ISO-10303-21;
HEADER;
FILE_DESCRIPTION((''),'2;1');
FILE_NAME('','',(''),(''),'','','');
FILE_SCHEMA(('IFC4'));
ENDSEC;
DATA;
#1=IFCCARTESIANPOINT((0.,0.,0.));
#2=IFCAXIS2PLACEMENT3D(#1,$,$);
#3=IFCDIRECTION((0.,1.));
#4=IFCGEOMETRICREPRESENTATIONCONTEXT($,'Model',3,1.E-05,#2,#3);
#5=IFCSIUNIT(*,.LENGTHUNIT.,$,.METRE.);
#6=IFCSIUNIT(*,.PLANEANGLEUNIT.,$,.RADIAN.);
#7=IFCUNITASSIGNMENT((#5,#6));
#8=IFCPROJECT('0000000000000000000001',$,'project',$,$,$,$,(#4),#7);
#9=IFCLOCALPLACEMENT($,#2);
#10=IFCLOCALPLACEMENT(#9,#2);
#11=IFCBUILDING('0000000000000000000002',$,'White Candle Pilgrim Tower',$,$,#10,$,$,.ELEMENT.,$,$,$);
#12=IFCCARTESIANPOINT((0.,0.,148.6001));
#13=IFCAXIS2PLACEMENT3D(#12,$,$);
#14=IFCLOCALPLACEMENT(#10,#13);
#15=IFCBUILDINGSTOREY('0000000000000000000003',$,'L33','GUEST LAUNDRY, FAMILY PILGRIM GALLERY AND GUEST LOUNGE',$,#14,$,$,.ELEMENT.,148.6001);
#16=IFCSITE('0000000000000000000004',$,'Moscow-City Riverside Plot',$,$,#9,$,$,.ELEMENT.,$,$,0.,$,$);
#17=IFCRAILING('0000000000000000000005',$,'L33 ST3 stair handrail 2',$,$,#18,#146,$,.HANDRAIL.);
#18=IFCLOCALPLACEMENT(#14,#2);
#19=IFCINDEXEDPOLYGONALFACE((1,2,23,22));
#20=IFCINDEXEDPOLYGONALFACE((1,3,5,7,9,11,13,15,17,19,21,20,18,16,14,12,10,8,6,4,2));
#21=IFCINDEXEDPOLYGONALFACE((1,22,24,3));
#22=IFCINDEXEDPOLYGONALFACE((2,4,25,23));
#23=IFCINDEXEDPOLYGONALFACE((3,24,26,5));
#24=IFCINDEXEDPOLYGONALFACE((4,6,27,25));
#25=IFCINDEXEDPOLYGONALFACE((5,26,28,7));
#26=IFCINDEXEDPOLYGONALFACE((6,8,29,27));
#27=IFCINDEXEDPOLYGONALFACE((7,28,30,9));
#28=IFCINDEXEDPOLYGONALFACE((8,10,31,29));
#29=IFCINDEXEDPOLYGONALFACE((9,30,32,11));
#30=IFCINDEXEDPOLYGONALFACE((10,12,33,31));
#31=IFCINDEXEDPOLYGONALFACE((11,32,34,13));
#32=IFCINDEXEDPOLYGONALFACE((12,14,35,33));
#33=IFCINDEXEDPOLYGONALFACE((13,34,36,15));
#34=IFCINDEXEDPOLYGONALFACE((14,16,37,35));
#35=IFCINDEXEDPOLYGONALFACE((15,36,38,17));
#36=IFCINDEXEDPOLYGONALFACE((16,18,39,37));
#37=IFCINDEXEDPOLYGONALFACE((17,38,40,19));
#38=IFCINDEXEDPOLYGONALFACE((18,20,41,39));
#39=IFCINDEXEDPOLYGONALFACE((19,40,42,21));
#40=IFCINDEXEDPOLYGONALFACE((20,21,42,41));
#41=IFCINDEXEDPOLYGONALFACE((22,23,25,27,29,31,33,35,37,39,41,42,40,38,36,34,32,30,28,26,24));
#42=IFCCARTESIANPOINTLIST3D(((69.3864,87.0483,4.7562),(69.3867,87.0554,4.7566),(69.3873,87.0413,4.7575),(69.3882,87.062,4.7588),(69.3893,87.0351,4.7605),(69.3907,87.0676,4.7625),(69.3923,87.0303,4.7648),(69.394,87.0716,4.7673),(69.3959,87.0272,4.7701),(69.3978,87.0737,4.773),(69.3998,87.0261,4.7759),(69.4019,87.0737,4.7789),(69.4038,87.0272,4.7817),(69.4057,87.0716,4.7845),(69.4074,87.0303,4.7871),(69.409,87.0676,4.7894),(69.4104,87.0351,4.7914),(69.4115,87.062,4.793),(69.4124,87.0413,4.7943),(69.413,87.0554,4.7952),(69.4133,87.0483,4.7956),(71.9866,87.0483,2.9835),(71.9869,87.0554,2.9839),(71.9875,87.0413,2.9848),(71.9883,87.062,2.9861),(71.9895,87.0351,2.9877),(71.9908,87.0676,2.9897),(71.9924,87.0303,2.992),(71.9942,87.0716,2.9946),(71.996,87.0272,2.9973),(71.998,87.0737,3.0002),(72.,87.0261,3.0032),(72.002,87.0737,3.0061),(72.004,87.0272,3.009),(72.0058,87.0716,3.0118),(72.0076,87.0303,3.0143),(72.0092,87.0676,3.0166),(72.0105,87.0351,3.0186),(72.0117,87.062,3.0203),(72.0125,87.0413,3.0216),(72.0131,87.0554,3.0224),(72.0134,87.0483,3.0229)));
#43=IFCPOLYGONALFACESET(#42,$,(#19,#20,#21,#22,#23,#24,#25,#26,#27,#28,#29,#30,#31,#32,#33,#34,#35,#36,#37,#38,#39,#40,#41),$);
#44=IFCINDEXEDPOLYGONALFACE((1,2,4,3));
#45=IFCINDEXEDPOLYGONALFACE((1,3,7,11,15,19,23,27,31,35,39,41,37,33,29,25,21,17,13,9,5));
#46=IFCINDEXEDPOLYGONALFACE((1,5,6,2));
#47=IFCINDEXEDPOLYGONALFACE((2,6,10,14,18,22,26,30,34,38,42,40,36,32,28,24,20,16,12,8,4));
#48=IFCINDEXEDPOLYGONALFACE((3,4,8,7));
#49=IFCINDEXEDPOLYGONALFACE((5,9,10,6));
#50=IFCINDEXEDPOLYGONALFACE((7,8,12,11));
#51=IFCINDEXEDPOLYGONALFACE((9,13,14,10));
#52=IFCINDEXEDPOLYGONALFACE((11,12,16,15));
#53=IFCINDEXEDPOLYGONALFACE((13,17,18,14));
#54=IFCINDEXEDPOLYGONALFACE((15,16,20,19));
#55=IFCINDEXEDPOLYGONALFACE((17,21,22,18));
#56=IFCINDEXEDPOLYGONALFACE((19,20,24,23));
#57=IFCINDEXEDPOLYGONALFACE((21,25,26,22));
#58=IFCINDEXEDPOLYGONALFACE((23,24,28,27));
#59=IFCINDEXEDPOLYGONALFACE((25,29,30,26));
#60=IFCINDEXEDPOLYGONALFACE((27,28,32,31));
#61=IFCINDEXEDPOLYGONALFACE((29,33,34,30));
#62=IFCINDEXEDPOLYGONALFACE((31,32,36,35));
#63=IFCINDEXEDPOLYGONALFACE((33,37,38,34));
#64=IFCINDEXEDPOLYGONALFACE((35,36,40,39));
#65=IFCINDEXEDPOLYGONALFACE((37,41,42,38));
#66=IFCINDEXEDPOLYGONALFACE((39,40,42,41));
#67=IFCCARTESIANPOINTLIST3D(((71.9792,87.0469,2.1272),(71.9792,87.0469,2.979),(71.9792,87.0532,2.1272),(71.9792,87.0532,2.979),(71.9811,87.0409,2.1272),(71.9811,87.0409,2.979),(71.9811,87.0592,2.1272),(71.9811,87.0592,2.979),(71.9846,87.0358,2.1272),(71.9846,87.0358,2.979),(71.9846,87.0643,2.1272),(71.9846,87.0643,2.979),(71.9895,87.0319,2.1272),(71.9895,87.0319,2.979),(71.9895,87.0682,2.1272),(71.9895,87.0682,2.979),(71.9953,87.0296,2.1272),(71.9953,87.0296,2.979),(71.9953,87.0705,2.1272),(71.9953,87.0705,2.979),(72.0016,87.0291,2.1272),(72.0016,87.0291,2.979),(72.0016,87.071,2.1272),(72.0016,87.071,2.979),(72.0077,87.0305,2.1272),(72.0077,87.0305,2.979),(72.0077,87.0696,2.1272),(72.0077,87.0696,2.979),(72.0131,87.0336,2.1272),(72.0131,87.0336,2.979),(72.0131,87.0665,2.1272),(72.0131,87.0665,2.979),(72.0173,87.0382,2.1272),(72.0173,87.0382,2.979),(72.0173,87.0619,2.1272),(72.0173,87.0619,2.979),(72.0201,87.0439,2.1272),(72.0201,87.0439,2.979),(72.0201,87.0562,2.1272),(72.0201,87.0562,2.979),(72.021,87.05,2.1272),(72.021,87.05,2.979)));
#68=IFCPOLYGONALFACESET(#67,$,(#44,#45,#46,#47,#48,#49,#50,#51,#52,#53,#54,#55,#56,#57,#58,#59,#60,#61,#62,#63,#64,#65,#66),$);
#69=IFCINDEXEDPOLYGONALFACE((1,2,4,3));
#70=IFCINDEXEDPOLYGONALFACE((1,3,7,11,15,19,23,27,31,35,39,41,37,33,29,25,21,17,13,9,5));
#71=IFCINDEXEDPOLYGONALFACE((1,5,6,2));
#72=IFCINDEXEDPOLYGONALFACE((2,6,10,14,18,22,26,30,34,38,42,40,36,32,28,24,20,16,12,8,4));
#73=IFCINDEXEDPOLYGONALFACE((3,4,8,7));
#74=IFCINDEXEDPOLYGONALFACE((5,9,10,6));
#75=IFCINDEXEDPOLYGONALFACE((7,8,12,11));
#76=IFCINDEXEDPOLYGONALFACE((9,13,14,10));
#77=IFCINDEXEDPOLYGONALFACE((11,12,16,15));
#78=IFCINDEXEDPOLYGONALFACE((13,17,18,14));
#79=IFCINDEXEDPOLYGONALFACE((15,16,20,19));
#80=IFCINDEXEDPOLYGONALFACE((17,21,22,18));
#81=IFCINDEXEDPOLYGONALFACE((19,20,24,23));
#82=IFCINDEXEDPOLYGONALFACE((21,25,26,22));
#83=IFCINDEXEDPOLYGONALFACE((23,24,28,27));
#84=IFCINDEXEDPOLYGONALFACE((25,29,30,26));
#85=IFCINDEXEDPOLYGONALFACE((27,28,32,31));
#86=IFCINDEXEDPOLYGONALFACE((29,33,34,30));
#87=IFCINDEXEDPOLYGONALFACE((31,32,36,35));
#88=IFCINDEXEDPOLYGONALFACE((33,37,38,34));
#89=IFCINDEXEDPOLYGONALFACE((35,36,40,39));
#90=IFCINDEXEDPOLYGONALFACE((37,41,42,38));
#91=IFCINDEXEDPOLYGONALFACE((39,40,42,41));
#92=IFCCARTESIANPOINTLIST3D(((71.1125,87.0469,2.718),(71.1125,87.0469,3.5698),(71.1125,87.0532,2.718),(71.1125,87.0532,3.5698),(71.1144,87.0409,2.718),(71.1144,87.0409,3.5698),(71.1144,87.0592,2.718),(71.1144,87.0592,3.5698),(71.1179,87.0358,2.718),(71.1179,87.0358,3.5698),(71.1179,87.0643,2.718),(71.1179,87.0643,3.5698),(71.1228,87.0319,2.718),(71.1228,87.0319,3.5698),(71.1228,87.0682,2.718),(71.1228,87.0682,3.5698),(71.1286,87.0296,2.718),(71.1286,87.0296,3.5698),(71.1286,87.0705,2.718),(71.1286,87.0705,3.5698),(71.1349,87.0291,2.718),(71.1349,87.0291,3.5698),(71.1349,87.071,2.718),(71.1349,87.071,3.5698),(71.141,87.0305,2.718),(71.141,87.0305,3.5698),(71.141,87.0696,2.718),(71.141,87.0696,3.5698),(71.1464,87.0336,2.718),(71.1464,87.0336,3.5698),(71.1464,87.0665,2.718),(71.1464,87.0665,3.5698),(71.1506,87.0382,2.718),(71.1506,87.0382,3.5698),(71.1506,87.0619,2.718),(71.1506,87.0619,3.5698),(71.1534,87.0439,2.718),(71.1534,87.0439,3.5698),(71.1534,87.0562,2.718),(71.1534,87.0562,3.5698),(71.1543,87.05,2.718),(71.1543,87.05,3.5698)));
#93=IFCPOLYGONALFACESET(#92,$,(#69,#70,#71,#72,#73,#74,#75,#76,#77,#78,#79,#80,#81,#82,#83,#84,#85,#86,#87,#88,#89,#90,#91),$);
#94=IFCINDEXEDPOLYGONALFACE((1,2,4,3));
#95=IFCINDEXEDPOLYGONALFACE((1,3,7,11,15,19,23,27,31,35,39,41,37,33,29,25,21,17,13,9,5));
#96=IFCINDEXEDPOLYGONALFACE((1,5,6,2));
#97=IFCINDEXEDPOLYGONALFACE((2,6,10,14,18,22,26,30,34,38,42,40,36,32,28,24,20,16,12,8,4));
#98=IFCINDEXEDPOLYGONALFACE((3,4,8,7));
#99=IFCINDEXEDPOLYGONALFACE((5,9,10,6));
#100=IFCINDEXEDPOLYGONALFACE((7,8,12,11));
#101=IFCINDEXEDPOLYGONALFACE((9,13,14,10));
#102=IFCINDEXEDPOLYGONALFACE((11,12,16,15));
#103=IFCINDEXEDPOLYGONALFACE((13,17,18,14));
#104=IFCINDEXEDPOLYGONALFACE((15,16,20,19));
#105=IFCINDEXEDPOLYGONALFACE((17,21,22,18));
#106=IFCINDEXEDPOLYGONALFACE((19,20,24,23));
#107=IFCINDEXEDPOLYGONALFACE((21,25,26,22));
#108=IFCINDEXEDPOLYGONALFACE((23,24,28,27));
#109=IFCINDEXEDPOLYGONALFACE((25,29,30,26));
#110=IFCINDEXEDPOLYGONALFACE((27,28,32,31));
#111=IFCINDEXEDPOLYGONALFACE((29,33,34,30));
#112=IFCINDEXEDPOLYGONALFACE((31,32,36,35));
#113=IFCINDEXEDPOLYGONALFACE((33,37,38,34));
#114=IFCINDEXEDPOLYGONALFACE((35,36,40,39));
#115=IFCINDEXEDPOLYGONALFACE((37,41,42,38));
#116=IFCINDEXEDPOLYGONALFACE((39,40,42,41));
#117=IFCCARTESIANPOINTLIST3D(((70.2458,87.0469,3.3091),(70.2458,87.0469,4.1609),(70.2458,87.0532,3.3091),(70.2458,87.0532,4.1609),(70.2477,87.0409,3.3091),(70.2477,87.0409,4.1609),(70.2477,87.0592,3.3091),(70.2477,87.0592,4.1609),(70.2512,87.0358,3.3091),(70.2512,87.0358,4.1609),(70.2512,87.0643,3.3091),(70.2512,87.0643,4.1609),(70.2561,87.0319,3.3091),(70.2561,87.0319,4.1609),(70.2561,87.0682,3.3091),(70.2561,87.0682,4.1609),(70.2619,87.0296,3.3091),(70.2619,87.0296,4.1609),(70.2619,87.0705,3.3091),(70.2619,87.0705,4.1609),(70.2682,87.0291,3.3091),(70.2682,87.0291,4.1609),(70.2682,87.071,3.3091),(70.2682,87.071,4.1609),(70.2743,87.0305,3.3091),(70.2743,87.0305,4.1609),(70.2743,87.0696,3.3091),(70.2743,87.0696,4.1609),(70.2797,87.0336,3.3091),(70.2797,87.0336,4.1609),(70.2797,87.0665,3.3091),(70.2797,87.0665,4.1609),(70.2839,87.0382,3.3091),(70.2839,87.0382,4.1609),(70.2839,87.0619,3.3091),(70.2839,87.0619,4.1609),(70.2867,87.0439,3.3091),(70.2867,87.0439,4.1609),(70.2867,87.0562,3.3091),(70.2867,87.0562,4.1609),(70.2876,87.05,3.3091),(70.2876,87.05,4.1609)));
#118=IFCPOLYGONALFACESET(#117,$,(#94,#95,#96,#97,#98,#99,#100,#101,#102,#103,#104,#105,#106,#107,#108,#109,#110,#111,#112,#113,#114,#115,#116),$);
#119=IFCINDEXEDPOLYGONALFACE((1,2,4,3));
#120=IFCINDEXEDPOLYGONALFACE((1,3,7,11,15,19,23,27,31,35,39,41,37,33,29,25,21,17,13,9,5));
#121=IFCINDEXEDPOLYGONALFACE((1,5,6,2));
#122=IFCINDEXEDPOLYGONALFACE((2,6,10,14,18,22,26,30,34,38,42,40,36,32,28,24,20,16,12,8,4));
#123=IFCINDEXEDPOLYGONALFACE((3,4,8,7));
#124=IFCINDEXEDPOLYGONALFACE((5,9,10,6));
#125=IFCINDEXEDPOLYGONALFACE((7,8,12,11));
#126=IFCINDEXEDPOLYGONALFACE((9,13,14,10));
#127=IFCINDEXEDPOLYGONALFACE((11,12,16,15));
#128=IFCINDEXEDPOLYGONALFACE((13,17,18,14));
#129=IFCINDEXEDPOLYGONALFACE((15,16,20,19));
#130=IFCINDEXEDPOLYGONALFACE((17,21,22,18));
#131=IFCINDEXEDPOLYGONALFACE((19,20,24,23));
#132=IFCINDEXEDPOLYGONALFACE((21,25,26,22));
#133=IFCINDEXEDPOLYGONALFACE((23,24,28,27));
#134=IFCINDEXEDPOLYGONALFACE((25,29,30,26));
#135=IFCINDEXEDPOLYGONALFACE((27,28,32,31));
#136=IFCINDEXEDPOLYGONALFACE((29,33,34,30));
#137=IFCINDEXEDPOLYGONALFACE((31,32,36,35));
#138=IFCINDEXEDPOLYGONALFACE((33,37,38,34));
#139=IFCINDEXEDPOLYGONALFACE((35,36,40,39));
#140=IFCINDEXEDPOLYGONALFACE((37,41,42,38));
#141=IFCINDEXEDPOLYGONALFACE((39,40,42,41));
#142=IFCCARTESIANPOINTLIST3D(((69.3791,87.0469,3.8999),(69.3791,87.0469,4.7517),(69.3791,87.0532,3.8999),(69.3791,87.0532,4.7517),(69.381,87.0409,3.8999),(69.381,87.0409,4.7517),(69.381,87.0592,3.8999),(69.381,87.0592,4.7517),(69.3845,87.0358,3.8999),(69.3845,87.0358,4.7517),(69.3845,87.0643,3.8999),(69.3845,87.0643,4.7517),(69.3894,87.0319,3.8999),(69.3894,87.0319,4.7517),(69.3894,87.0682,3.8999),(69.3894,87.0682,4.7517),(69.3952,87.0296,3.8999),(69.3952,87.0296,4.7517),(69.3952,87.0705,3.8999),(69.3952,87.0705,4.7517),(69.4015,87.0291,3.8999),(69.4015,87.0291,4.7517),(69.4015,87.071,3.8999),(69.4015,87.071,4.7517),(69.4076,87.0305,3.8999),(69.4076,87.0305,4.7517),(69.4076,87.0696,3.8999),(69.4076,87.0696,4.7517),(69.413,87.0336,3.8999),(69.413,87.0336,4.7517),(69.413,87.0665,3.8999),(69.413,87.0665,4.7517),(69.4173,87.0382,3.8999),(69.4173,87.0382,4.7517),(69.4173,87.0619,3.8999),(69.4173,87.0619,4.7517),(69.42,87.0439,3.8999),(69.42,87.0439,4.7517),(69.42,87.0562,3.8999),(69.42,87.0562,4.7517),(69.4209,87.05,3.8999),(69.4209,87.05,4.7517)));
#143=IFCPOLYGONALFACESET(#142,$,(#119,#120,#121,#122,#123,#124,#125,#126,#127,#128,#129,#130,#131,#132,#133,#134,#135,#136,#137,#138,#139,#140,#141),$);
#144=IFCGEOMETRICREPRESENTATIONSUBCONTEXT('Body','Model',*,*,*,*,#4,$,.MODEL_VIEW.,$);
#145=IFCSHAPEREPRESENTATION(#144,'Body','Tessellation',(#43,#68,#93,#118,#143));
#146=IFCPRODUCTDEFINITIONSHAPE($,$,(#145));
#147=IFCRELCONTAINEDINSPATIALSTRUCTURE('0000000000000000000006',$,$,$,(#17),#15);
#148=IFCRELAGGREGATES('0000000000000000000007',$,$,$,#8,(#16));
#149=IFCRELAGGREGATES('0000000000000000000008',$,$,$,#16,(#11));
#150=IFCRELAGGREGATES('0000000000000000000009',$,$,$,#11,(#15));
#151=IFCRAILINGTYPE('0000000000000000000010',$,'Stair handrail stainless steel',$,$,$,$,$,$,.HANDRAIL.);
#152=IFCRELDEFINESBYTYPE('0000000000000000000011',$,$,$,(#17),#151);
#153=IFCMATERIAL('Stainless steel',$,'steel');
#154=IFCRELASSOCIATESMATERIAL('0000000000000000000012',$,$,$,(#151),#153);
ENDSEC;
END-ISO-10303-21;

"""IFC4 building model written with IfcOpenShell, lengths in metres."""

from ifc_helpers import new_model, si_unit, direction, frame, origin, origin_2d, place, context, subcontext, project, spatial, circle, extrude, material, type_object, element, save


model = new_model("IFC4")

# Units and contexts
model_context = context("Model", 3, precision=1e-05, world=origin(), true_north=direction((0.0, 1.0)))
body_context = subcontext(model_context, "Body", "Model", "MODEL_VIEW")
ifc_project = project(units=[si_unit("LENGTHUNIT", "METRE"), si_unit("PLANEANGLEUNIT", "RADIAN")], contexts=[model_context])

# Site, building, storey
site_placement = place(None, origin())
site = spatial("IfcSite", under=ifc_project, at=site_placement, Name="Moscow-City Riverside Plot", CompositionType="ELEMENT", RefElevation=0.0)
building_placement = place(site_placement, origin())
building = spatial("IfcBuilding", under=site, at=building_placement, Name="White Candle Pilgrim Tower", CompositionType="ELEMENT")
storey_placement = place(building_placement, frame((0.0, 0.0, 148.6001)))
storey = spatial("IfcBuildingStorey", under=building, at=storey_placement, Name="L33", Description="GUEST LAUNDRY, FAMILY PILGRIM GALLERY AND GUEST LOUNGE", CompositionType="ELEMENT", Elevation=148.6001)

# Railing
ifc_material_1 = material(Name="Stainless steel", Category="steel")
railing_type_1 = type_object("IfcRailingType", Name="Stair handrail stainless steel", PredefinedType="HANDRAIL", material=ifc_material_1)
railing_1_placement = place(storey_placement, frame((72.0, 87.05, 2.1272)))
element("IfcRailing", 1, at=railing_1_placement, inside=storey, type_object=railing_type_1, Name="L33 ST3 stair handrail 2", PredefinedType="HANDRAIL", context=body_context, shape_type="SweptSolid", body=[
    extrude(circle(Radius=0.0239, at=origin_2d()), frame((0.0, 0.0, 0.876), z_axis=(-0.82624, 0.0, 0.563318), x_axis=(0.0, -1.0, 0.0)), (0.0, 0.0, 1.0), 3.147),
    extrude(circle(Radius=0.021, at=origin_2d()), origin(), (0.0, 0.0, 1.0), 0.8518),
    extrude(circle(Radius=0.021, at=origin_2d()), frame((-0.8667, 0.0, 0.5908)), (0.0, 0.0, 1.0), 0.8518),
    extrude(circle(Radius=0.021, at=origin_2d()), frame((-1.7334, 0.0, 1.1819)), (0.0, 0.0, 1.0), 0.8518),
    extrude(circle(Radius=0.021, at=origin_2d()), frame((-2.6001, 0.0, 1.7727)), (0.0, 0.0, 1.0), 0.8518),
])

save(model, "model.ifc")
